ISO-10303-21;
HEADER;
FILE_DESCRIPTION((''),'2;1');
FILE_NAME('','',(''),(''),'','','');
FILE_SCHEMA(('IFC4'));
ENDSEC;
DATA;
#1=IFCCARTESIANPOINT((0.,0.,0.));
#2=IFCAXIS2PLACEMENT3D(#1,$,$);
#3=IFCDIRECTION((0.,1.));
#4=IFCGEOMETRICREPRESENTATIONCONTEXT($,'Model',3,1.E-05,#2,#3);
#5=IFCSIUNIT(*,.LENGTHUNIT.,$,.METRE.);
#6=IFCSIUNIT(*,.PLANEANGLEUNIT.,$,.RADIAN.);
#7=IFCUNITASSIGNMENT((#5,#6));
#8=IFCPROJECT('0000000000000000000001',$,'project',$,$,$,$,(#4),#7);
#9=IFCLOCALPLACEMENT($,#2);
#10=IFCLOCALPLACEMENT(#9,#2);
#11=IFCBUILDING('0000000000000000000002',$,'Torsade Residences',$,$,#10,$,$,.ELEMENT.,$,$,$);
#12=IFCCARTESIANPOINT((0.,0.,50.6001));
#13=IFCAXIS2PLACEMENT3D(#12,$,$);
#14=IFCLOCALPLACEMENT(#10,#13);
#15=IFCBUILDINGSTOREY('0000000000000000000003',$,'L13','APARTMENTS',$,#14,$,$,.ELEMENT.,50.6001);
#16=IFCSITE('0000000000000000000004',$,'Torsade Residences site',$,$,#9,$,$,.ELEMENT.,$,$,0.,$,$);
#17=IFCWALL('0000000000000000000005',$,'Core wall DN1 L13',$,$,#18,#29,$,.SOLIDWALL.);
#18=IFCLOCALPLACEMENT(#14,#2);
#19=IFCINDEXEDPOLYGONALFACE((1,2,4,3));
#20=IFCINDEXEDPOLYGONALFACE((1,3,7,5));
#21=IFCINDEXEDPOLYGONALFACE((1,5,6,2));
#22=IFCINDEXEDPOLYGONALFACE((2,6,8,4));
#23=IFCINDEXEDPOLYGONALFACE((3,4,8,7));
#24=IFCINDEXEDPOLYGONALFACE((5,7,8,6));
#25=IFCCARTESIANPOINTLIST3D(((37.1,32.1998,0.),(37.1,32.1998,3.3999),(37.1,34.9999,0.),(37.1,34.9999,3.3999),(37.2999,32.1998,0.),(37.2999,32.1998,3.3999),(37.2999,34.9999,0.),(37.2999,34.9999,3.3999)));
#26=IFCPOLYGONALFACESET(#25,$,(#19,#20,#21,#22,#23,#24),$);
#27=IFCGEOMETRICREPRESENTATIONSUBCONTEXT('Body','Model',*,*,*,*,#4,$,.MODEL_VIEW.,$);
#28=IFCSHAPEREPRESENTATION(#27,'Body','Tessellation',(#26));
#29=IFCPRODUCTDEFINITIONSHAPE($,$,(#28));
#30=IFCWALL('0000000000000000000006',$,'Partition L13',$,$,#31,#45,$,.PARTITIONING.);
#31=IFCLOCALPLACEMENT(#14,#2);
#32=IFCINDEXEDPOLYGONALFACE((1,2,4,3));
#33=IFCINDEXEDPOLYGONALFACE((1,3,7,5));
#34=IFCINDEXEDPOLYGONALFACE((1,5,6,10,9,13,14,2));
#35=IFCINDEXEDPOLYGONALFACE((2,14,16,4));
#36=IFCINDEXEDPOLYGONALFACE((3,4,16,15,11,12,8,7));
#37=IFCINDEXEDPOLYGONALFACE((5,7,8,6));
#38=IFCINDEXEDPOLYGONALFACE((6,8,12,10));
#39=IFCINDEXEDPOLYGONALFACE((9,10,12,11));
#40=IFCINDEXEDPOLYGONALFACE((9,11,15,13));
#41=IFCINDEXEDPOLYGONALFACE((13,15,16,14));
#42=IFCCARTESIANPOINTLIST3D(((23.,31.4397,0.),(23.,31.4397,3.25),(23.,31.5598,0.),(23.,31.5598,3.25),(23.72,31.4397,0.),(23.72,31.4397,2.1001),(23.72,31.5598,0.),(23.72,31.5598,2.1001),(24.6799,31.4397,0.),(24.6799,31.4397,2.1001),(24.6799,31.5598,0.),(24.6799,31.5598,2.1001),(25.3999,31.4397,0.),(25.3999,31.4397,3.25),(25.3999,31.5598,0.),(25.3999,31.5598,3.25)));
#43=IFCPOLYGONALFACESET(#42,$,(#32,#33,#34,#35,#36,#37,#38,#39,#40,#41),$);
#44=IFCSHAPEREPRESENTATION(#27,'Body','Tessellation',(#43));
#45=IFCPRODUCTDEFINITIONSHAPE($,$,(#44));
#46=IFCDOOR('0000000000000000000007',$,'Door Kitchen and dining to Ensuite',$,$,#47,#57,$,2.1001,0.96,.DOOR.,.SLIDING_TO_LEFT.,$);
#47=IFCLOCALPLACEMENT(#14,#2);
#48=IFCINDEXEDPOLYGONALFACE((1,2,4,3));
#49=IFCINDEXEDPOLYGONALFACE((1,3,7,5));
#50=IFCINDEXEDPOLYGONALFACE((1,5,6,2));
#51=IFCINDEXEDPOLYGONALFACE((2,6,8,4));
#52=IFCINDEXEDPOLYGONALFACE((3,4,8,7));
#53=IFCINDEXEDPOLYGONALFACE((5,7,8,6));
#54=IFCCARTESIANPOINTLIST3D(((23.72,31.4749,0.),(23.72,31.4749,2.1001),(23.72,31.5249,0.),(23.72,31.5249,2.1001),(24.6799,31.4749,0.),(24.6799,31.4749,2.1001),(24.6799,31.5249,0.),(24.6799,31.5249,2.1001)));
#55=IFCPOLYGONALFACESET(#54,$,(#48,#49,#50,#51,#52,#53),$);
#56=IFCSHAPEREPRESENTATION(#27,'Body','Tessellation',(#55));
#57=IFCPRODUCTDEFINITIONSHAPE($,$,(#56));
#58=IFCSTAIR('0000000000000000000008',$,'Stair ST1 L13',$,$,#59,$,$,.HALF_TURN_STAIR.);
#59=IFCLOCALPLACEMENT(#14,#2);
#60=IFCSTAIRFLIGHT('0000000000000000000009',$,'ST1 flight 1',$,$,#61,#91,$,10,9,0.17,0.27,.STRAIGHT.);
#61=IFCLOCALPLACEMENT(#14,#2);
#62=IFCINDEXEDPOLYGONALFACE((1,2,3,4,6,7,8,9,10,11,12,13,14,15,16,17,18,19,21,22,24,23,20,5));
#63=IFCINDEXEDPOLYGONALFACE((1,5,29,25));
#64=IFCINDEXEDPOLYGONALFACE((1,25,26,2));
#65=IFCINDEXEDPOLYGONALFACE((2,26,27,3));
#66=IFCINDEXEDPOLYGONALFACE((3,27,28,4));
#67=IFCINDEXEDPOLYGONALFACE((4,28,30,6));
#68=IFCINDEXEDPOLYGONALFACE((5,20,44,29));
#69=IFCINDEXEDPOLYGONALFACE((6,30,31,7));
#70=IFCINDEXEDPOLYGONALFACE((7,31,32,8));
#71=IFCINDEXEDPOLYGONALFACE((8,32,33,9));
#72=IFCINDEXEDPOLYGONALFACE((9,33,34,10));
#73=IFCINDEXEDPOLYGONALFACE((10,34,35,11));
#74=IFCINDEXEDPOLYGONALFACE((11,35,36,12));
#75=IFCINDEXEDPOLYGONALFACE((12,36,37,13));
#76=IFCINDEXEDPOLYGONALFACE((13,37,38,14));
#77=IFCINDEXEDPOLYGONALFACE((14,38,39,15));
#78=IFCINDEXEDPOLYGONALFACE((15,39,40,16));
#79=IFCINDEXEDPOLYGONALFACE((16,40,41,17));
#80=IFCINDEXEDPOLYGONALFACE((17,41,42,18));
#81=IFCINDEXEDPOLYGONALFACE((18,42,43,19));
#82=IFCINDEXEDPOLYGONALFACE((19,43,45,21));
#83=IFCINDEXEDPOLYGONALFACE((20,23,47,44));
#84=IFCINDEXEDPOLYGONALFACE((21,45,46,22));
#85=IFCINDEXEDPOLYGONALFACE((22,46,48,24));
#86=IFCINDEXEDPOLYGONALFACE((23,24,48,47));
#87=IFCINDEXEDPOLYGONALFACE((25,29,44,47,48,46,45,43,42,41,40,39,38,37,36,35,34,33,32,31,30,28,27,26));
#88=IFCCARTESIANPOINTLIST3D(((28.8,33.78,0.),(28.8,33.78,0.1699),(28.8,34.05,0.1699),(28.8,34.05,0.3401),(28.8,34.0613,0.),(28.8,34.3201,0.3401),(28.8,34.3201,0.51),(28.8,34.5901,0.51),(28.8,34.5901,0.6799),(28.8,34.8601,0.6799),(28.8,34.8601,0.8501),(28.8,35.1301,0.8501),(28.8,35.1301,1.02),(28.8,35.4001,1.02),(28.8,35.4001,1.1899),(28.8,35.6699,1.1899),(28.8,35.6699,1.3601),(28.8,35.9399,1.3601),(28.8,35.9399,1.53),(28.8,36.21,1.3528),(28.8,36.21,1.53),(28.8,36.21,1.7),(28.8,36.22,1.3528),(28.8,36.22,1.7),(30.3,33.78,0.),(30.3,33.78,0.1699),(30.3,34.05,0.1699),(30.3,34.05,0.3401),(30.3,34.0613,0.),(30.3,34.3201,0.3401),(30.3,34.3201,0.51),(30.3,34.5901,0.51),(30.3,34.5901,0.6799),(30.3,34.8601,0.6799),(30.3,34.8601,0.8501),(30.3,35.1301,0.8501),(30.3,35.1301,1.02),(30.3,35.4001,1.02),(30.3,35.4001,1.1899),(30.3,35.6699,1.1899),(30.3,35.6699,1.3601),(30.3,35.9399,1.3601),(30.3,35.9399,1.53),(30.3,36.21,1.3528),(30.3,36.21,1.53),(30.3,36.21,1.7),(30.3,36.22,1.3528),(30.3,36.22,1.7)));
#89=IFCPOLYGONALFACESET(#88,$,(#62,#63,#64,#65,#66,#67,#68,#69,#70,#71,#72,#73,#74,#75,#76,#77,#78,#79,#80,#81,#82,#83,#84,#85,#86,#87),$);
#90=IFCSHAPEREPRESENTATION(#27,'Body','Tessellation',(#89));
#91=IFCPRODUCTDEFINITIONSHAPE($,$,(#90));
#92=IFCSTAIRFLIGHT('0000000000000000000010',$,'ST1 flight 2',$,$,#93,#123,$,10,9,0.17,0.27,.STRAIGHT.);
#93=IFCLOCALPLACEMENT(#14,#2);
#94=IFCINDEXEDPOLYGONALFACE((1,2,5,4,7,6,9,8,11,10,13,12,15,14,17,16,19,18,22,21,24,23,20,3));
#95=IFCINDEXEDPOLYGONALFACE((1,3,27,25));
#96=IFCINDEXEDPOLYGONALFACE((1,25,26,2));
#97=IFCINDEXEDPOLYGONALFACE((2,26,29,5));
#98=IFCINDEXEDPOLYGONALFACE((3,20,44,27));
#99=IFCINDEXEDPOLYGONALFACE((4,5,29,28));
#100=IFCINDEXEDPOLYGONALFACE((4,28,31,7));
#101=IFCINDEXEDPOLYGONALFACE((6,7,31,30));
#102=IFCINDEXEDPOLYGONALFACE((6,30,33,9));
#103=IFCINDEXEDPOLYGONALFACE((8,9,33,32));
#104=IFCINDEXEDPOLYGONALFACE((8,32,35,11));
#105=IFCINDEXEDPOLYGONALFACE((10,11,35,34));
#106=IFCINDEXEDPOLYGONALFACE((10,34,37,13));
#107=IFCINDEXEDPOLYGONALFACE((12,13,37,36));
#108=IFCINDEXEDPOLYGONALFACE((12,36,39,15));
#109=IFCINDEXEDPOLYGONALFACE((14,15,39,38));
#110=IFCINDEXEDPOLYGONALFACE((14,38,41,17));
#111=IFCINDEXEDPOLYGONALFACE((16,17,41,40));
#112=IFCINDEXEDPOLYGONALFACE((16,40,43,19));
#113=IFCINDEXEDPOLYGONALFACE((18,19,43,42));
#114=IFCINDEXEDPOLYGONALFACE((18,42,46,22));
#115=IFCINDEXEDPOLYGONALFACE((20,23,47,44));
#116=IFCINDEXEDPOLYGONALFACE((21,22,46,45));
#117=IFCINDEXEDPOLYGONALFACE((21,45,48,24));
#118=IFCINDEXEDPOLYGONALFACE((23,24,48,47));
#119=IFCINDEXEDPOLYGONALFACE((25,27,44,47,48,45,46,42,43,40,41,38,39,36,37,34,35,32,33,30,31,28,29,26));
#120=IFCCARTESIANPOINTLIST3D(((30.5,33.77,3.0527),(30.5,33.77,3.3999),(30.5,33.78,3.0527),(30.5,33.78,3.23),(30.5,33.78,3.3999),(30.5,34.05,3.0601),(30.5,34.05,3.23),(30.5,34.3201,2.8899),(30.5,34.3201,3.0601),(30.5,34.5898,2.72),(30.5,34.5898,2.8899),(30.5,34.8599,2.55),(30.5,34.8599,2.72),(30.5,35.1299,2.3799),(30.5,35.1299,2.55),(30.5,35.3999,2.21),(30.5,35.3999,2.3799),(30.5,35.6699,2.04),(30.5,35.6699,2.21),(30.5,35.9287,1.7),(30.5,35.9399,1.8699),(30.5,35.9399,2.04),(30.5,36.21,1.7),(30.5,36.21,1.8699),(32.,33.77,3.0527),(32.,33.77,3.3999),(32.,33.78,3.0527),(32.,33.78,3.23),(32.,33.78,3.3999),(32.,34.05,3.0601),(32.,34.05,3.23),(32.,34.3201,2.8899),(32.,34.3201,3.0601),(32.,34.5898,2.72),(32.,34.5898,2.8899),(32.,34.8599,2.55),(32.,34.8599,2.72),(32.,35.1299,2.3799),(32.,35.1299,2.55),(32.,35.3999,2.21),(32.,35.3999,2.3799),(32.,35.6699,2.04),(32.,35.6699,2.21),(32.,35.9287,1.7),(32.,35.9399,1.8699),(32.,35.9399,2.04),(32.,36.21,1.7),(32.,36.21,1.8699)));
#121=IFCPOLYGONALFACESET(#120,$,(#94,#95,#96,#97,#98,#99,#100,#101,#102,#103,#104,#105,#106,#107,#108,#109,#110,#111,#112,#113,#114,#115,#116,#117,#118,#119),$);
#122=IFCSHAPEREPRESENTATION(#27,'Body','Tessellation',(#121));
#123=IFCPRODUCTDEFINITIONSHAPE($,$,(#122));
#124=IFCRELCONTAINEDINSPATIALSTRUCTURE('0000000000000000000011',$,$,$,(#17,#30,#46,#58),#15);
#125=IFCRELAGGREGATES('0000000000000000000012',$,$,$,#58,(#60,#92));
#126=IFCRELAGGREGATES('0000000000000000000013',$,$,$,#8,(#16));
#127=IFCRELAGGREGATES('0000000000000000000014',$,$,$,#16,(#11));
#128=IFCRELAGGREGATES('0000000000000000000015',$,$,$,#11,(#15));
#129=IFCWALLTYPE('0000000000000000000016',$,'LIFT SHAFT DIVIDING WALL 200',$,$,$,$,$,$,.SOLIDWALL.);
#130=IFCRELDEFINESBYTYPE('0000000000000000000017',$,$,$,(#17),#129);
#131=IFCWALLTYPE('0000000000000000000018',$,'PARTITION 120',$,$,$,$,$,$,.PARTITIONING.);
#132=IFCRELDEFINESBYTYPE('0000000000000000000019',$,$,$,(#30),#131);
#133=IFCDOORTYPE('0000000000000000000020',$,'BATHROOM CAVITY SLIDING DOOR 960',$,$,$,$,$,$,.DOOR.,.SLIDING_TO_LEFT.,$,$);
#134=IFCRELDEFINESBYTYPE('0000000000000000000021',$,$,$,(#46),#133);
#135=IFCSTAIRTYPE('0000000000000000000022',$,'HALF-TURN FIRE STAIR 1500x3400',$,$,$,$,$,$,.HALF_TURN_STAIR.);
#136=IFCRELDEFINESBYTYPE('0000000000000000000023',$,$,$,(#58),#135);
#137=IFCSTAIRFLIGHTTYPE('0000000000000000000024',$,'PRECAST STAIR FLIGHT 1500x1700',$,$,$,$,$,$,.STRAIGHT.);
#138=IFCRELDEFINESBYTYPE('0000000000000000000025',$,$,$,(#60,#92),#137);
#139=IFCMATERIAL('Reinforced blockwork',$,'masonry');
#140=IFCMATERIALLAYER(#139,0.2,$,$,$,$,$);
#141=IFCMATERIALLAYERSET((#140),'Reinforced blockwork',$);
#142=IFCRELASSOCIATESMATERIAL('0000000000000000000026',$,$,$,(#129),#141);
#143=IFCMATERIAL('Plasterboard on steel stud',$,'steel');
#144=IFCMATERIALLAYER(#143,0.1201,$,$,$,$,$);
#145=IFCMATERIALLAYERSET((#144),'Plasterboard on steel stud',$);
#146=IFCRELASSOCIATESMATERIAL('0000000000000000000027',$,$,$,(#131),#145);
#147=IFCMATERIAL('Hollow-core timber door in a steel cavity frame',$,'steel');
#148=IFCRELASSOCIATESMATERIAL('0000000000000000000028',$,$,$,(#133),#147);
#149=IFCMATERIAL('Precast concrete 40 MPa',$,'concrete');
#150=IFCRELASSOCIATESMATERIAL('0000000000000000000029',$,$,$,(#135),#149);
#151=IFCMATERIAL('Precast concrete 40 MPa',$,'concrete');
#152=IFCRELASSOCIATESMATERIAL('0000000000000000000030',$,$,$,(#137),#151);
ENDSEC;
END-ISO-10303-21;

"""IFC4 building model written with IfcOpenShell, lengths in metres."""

from ifc_helpers import new_model, si_unit, direction, frame, frame_2d, origin, place, context, subcontext, project, spatial, polyline, rectangle, outline, extrude, material, layer, layer_set, type_object, element, fill, aggregate, save


model = new_model("IFC4")

# Units and contexts
model_context = context("Model", 3, precision=1e-05, world=origin(), true_north=direction((0.0, 1.0)))
body_context = subcontext(model_context, "Body", "Model", "MODEL_VIEW")
ifc_project = project(units=[si_unit("LENGTHUNIT", "METRE"), si_unit("PLANEANGLEUNIT", "RADIAN")], contexts=[model_context])

# Site, building, storey
site_placement = place(None, origin())
site = spatial("IfcSite", under=ifc_project, at=site_placement, Name="Torsade Residences site", CompositionType="ELEMENT", RefElevation=0.0)
building_placement = place(site_placement, origin())
building = spatial("IfcBuilding", under=site, at=building_placement, Name="Torsade Residences", CompositionType="ELEMENT")
storey_placement = place(building_placement, frame((0.0, 0.0, 50.6001)))
storey = spatial("IfcBuildingStorey", under=building, at=storey_placement, Name="L13", Description="APARTMENTS", CompositionType="ELEMENT", Elevation=50.6001)

# Wall
ifc_material_1 = material(Name="Reinforced blockwork", Category="masonry")
ifc_layer_1 = layer(ifc_material_1, 0.2)
ifc_layer_set_1 = layer_set([ifc_layer_1], Name="Reinforced blockwork")
wall_type_1 = type_object("IfcWallType", Name="LIFT SHAFT DIVIDING WALL 200", PredefinedType="SOLIDWALL", material=ifc_layer_set_1)
wall_1_placement = place(storey_placement, frame((37.2, 32.2, 0.0), z_axis=(0.0, 0.0, 1.0), x_axis=(0.0, 1.0, 0.0)))
element("IfcWall", 1, at=wall_1_placement, inside=storey, type_object=wall_type_1, Name="Core wall DN1 L13", PredefinedType="SOLIDWALL", context=body_context, shape_type="SweptSolid", body=[
    extrude(rectangle(XDim=2.8, YDim=0.2, at=frame_2d((1.3999, 0.0))), origin(), (0.0, 0.0, 1.0), 3.3999),
])

# Wall, opening, door
ifc_material_2 = material(Name="Plasterboard on steel stud", Category="steel")
ifc_layer_2 = layer(ifc_material_2, 0.1201)
ifc_layer_set_2 = layer_set([ifc_layer_2], Name="Plasterboard on steel stud")
wall_type_2 = type_object("IfcWallType", Name="PARTITION 120", PredefinedType="PARTITIONING", material=ifc_layer_set_2)
wall_2_placement = place(storey_placement, frame((25.3999, 31.4998, 0.0), z_axis=(0.0, 0.0, 1.0), x_axis=(-1.0, 0.0, 0.0)))
wall_2 = element("IfcWall", 2, at=wall_2_placement, inside=storey, type_object=wall_type_2, Name="Partition L13", PredefinedType="PARTITIONING", context=body_context, shape_type="SweptSolid", body=[
    extrude(rectangle(XDim=2.3999, YDim=0.1201, at=frame_2d((1.2, 0.0))), origin(), (0.0, 0.0, 1.0), 3.25),
])
opening_1_placement = place(wall_2_placement, frame((0.72, 0.0, 0.0)))
opening_1 = element("IfcOpeningElement", 3, at=opening_1_placement, cuts=wall_2, PredefinedType="OPENING", context=body_context, shape_type="SweptSolid", body=[
    extrude(rectangle(XDim=0.96, YDim=2.1001, at=frame_2d((0.48, 1.05))), frame((0.0, 0.0701, 0.0), z_axis=(0.0, -1.0, 0.0), x_axis=(1.0, 0.0, 0.0)), (0.0, 0.0, 1.0), 0.1401),
])
ifc_material_3 = material(Name="Hollow-core timber door in a steel cavity frame", Category="steel")
door_type_1 = type_object("IfcDoorType", Name="BATHROOM CAVITY SLIDING DOOR 960", OperationType="SLIDING_TO_LEFT", PredefinedType="DOOR", material=ifc_material_3)
door_1_placement = place(opening_1_placement, origin())
door_1 = element("IfcDoor", 4, at=door_1_placement, inside=storey, type_object=door_type_1, Name="Door Kitchen and dining to Ensuite", OperationType="SLIDING_TO_LEFT", OverallHeight=2.1001, OverallWidth=0.96, PredefinedType="DOOR", context=body_context, shape_type="SweptSolid", body=[
    extrude(rectangle(XDim=0.96, YDim=2.1001, at=frame_2d((0.48, 1.05))), frame((0.0, 0.0249, 0.0), z_axis=(0.0, -1.0, 0.0), x_axis=(1.0, 0.0, 0.0)), (0.0, 0.0, 1.0), 0.05),
])
fill(opening_1, door_1)

# Stair, stair flights
ifc_material_4 = material(Name="Precast concrete 40 MPa", Category="concrete")
stair_type = type_object("IfcStairType", Name="HALF-TURN FIRE STAIR 1500x3400", PredefinedType="HALF_TURN_STAIR", material=ifc_material_4)
stair_placement = place(storey_placement, origin())
stair = element("IfcStair", 5, at=stair_placement, inside=storey, type_object=stair_type, Name="Stair ST1 L13", PredefinedType="HALF_TURN_STAIR")
ifc_material_5 = material(Name="Precast concrete 40 MPa", Category="concrete")
stair_flight_type = type_object("IfcStairFlightType", Name="PRECAST STAIR FLIGHT 1500x1700", PredefinedType="STRAIGHT", material=ifc_material_5)
stair_flight_1_placement = place(storey_placement, frame((29.55, 33.78, 0.0), z_axis=(0.0, 0.0, 1.0), x_axis=(0.0, 1.0, 0.0)))
stair_flight_1 = element("IfcStairFlight", 6, at=stair_flight_1_placement, type_object=stair_flight_type, Name="ST1 flight 1", NumberOfRisers=10, NumberOfTreads=9, PredefinedType="STRAIGHT", RiserHeight=0.17, TreadLength=0.27, context=body_context, shape_type="SweptSolid", body=[
    extrude(outline(polyline([(0.0, 0.0), (0.0, 0.1699), (0.27, 0.1699), (0.27, 0.3401), (0.54, 0.3401), (0.54, 0.51), (0.8101, 0.51), (0.8101, 0.6799), (1.0801, 0.6799), (1.0801, 0.8501), (1.3501, 0.8501), (1.3501, 1.02), (1.6201, 1.02), (1.6201, 1.1899), (1.8899, 1.1899), (1.8899, 1.3601), (2.1599, 1.3601), (2.1599, 1.53), (2.4299, 1.53), (2.4299, 1.7), (2.4399, 1.7), (2.4399, 1.3528), (2.4299, 1.3528), (0.2812, 0.0), (0.0, 0.0)])), frame((0.0, 0.75, 0.0), z_axis=(0.0, -1.0, 0.0), x_axis=(1.0, 0.0, 0.0)), (0.0, 0.0, 1.0), 1.5),
])
stair_flight_2_placement = place(storey_placement, frame((31.25, 36.21, 1.7), z_axis=(0.0, 0.0, 1.0), x_axis=(0.0, -1.0, 0.0)))
stair_flight_2 = element("IfcStairFlight", 7, at=stair_flight_2_placement, type_object=stair_flight_type, Name="ST1 flight 2", NumberOfRisers=10, NumberOfTreads=9, PredefinedType="STRAIGHT", RiserHeight=0.17, TreadLength=0.27, context=body_context, shape_type="SweptSolid", body=[
    extrude(outline(polyline([(0.0, 0.0), (0.0, 0.1699), (0.27, 0.1699), (0.27, 0.3401), (0.54, 0.3401), (0.54, 0.51), (0.8101, 0.51), (0.8101, 0.6799), (1.0801, 0.6799), (1.0801, 0.8501), (1.3501, 0.8501), (1.3501, 1.02), (1.6201, 1.02), (1.6201, 1.1899), (1.8899, 1.1899), (1.8899, 1.3601), (2.1599, 1.3601), (2.1599, 1.53), (2.4299, 1.53), (2.4299, 1.7), (2.4399, 1.7), (2.4399, 1.3528), (2.4299, 1.3528), (0.2812, 0.0), (0.0, 0.0)])), frame((0.0, 0.75, 0.0), z_axis=(0.0, -1.0, 0.0), x_axis=(1.0, 0.0, 0.0)), (0.0, 0.0, 1.0), 1.5),
])
aggregate(stair, [stair_flight_1, stair_flight_2])

save(model, "model.ifc")
